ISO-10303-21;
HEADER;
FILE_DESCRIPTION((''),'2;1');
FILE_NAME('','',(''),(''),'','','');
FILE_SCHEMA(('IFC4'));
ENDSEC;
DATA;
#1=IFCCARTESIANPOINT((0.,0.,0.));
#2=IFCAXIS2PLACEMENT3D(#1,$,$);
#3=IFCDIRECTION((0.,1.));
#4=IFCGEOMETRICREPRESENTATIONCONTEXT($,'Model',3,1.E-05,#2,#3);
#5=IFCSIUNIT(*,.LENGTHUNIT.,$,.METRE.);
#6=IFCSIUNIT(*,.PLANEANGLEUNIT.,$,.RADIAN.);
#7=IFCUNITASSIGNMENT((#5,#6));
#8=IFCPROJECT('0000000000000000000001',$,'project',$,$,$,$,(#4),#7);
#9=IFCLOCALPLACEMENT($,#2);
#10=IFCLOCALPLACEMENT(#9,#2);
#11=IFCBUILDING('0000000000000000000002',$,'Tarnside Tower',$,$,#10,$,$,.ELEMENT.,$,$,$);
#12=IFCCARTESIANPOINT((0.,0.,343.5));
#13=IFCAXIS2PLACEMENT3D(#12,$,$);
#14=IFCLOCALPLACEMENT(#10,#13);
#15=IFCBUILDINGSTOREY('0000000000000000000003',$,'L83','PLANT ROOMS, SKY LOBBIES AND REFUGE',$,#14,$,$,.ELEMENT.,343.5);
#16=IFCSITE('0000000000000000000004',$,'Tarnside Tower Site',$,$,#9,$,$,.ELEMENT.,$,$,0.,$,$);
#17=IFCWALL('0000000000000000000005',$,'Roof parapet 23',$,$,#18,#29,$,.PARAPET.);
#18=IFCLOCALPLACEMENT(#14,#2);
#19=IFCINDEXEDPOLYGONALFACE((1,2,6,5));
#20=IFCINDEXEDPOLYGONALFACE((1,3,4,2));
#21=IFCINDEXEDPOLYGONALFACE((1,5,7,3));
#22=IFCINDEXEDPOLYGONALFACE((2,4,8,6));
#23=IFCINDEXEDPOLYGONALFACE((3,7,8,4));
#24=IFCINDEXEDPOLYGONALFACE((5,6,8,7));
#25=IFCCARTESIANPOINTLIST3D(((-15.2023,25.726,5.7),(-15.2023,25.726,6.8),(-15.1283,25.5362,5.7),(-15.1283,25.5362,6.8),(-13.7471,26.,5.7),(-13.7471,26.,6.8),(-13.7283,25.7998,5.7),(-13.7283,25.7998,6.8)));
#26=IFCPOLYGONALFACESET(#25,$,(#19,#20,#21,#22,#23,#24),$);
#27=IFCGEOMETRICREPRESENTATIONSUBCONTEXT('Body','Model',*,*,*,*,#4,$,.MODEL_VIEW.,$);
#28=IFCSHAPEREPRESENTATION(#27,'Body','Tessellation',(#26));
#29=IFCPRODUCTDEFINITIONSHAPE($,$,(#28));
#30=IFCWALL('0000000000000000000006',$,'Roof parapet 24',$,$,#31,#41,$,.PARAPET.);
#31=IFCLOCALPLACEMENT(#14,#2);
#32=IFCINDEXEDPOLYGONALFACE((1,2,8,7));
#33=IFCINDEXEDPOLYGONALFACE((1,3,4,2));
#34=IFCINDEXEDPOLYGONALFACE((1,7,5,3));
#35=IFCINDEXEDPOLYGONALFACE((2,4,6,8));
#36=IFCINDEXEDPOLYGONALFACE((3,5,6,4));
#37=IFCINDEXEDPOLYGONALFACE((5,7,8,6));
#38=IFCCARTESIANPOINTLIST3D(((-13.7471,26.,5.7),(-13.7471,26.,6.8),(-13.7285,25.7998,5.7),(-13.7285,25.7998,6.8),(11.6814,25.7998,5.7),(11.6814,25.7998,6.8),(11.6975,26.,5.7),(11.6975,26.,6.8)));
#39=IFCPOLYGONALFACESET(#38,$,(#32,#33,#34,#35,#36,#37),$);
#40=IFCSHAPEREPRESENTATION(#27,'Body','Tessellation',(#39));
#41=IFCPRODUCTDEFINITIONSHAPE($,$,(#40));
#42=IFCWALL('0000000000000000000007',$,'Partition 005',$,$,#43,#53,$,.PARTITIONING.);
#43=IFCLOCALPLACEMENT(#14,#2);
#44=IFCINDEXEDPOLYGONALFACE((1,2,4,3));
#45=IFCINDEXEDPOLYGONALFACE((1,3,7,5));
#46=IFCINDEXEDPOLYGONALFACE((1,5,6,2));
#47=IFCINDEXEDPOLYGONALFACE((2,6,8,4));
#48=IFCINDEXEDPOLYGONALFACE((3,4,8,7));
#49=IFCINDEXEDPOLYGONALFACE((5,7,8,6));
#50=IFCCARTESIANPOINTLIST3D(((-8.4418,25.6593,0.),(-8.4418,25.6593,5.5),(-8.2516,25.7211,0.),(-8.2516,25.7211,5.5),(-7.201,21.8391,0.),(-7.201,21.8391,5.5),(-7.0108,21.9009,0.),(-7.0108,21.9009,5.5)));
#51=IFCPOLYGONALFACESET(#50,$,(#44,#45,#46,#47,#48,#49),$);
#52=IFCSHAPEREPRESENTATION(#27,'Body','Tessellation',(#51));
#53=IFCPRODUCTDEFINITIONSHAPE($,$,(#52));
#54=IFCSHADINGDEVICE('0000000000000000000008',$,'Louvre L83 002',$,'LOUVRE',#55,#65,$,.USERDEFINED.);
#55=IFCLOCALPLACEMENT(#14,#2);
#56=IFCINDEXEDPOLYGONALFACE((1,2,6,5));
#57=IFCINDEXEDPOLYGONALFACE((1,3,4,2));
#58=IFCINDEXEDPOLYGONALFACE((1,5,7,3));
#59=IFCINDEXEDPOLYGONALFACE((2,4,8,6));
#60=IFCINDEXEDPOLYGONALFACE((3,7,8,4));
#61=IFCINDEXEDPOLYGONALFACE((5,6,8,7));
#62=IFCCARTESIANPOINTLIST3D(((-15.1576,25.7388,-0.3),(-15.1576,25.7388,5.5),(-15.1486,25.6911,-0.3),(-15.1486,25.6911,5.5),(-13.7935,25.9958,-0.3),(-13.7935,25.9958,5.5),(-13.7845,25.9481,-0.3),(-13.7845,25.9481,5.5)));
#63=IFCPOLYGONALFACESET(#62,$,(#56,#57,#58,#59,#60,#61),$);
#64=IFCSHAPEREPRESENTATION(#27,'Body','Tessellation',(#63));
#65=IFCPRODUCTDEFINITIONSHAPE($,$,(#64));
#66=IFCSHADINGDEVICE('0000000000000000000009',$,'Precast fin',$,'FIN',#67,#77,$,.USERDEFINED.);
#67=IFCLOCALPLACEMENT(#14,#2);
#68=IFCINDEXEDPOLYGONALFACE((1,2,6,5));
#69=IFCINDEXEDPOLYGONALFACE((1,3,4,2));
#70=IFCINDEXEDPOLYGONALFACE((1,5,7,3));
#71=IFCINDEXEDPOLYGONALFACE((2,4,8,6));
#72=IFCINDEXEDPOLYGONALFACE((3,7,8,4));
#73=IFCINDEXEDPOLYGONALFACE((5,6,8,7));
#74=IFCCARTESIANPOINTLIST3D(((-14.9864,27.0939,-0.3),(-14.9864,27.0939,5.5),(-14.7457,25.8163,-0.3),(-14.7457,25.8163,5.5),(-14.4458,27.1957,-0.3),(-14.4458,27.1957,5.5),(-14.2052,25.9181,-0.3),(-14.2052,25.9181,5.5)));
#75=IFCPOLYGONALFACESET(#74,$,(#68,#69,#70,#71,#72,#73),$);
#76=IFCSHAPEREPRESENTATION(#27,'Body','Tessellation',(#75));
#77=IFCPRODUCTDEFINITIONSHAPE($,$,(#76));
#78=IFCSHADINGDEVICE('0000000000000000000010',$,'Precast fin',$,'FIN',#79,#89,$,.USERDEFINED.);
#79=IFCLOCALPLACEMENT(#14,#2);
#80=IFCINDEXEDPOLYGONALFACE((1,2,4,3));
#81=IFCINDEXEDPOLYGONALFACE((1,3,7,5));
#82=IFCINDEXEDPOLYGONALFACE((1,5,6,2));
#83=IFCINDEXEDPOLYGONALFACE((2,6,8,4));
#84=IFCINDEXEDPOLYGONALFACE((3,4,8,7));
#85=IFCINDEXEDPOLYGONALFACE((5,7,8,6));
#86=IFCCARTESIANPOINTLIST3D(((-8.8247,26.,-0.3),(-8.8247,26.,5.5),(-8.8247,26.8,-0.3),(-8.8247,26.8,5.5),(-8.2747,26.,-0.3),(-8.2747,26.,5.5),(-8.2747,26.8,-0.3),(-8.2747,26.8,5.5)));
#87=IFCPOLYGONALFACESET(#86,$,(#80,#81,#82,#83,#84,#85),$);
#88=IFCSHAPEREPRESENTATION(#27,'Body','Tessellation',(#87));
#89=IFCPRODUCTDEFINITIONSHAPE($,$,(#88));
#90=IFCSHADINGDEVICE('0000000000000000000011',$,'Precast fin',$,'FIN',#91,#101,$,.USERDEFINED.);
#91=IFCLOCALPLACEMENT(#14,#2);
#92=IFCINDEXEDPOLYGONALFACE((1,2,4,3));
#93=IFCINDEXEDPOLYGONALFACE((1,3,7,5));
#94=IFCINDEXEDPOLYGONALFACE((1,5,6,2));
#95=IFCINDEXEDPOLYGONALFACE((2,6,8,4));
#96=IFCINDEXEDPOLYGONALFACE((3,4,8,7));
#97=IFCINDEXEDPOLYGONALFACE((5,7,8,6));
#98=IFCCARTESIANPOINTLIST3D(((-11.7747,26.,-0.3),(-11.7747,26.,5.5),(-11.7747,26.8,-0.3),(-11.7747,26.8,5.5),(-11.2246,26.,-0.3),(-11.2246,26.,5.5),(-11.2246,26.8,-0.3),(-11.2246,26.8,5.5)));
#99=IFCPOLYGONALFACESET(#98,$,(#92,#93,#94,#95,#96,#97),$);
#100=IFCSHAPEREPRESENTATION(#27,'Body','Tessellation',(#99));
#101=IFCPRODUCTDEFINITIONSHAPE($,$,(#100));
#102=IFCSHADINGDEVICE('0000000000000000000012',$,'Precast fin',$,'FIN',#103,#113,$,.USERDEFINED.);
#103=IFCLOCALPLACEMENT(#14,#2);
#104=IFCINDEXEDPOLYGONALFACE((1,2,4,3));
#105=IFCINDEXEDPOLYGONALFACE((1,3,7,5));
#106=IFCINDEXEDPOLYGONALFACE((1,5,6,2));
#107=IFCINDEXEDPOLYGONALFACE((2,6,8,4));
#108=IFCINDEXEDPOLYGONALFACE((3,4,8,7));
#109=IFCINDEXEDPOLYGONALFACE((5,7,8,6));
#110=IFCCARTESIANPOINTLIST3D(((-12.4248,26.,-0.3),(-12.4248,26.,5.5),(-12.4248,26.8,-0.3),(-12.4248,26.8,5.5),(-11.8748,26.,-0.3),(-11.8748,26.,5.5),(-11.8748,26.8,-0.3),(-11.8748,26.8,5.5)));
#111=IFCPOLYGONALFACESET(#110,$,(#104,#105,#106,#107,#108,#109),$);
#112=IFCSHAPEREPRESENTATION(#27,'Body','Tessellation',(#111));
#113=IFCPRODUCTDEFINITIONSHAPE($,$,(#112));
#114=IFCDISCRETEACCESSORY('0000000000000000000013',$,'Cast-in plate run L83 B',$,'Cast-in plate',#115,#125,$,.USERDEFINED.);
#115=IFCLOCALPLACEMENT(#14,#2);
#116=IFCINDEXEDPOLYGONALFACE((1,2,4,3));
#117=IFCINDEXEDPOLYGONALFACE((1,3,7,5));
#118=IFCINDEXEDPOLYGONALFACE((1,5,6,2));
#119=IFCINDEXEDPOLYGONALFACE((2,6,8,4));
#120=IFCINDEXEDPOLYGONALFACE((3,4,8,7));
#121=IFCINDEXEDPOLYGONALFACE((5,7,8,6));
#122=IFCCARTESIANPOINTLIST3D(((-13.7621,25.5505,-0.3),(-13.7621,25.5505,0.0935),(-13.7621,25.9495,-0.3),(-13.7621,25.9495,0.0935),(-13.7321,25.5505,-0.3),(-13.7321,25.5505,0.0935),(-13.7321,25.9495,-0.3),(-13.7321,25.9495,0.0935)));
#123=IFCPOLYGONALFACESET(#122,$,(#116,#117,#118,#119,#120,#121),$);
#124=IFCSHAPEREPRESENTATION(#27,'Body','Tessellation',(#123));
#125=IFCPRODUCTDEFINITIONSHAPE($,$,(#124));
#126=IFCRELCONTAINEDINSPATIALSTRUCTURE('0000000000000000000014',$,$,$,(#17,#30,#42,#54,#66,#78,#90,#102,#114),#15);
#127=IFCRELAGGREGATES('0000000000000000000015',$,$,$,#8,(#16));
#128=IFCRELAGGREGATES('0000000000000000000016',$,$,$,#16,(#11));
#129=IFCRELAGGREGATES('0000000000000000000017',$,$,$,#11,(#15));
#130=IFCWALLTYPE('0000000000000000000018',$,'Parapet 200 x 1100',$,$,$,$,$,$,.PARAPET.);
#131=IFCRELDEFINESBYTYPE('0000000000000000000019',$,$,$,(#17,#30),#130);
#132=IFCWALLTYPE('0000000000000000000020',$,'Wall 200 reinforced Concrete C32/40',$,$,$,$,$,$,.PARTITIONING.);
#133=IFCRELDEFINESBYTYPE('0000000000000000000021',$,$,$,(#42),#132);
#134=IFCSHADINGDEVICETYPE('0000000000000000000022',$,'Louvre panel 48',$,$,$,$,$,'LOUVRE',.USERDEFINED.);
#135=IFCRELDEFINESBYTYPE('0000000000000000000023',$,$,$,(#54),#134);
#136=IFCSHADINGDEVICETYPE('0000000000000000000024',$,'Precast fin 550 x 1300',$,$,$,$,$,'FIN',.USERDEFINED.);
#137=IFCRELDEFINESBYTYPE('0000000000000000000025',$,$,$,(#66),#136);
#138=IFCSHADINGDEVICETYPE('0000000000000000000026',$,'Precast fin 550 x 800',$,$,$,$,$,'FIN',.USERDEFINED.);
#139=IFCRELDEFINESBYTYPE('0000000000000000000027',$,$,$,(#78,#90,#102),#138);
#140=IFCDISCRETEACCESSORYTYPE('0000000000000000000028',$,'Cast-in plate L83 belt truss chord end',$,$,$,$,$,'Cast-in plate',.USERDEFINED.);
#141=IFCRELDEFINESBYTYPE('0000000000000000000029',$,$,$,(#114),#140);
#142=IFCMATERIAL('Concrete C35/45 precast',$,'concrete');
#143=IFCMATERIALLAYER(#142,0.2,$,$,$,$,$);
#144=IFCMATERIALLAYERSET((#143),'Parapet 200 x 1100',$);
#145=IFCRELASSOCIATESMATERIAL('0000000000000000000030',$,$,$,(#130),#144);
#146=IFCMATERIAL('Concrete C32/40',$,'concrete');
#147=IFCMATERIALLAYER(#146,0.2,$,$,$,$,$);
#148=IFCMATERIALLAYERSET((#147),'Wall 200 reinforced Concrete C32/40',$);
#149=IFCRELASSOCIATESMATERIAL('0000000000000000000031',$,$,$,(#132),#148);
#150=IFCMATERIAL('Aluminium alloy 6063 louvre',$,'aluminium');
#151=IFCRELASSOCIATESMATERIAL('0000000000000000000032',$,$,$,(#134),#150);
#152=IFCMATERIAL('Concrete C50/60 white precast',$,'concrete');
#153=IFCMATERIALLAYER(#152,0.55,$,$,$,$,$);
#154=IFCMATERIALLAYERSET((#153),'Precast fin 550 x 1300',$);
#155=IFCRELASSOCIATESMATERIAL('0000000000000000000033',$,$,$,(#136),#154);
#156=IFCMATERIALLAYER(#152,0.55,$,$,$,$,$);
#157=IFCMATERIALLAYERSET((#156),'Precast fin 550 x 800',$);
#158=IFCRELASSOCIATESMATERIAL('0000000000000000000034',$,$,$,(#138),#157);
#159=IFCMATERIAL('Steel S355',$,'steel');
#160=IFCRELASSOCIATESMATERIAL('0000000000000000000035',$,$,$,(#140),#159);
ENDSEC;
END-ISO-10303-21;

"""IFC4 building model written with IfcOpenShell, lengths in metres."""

from ifc_helpers import new_model, si_unit, direction, frame, frame_2d, origin, origin_2d, place, context, subcontext, project, spatial, polyline, rectangle, outline, extrude, material, layer, layer_set, type_object, element, save


model = new_model("IFC4")

# Units and contexts
model_context = context("Model", 3, precision=1e-05, world=origin(), true_north=direction((0.0, 1.0)))
body_context = subcontext(model_context, "Body", "Model", "MODEL_VIEW")
ifc_project = project(units=[si_unit("LENGTHUNIT", "METRE"), si_unit("PLANEANGLEUNIT", "RADIAN")], contexts=[model_context])

# Site, building, storey
site_placement = place(None, origin())
site = spatial("IfcSite", under=ifc_project, at=site_placement, Name="Tarnside Tower Site", CompositionType="ELEMENT", RefElevation=0.0)
building_placement = place(site_placement, origin())
building = spatial("IfcBuilding", under=site, at=building_placement, Name="Tarnside Tower", CompositionType="ELEMENT")
storey_placement = place(building_placement, frame((0.0, 0.0, 343.5)))
storey = spatial("IfcBuildingStorey", under=building, at=storey_placement, Name="L83", Description="PLANT ROOMS, SKY LOBBIES AND REFUGE", CompositionType="ELEMENT", Elevation=343.5)

# Shared definitions
ifc_material_1 = material(Name="Steel S355", Category="steel")

# Walls
ifc_material_2 = material(Name="Concrete C35/45 precast", Category="concrete")
ifc_layer_1 = layer(ifc_material_2, 0.2)
ifc_layer_set_1 = layer_set([ifc_layer_1], Name="Parapet 200 x 1100")
wall_type_1 = type_object("IfcWallType", Name="Parapet 200 x 1100", PredefinedType="PARAPET", material=ifc_layer_set_1)
wall_1_placement = place(storey_placement, frame((-15.1653, 25.6311, 5.7), z_axis=(0.0, 0.0, 1.0), x_axis=(0.982729, 0.18505, 0.0)))
element("IfcWall", 1, at=wall_1_placement, inside=storey, type_object=wall_type_1, Name="Roof parapet 23", PredefinedType="PARAPET", context=body_context, shape_type="SweptSolid", body=[
    extrude(outline(polyline([(0.0188, -0.1001), (1.4434, -0.1001), (1.4619, 0.1001), (-0.0188, 0.1001), (0.0188, -0.1001)])), origin(), (0.0, 0.0, 1.0), 1.1001),
])
wall_2_placement = place(storey_placement, frame((-13.7378, 25.8999, 5.7), z_axis=(0.0, 0.0, 1.0), x_axis=(1.0, 0.0, 0.0)))
element("IfcWall", 2, at=wall_2_placement, inside=storey, type_object=wall_type_1, Name="Roof parapet 24", PredefinedType="PARAPET", context=body_context, shape_type="SweptSolid", body=[
    extrude(outline(polyline([(0.0093, -0.1001), (25.4192, -0.1001), (25.4353, 0.1001), (-0.0093, 0.1001), (0.0093, -0.1001)])), origin(), (0.0, 0.0, 1.0), 1.1001),
])
ifc_material_3 = material(Name="Concrete C32/40", Category="concrete")
ifc_layer_2 = layer(ifc_material_3, 0.2)
ifc_layer_set_2 = layer_set([ifc_layer_2], Name="Wall 200 reinforced Concrete C32/40")
wall_type_2 = type_object("IfcWallType", Name="Wall 200 reinforced Concrete C32/40", PredefinedType="PARTITIONING", material=ifc_layer_set_2)
wall_3_placement = place(storey_placement, frame((-8.3467, 25.6902, 0.0), z_axis=(0.0, 0.0, 1.0), x_axis=(0.308906, -0.951093, 0.0)))
element("IfcWall", 3, at=wall_3_placement, inside=storey, type_object=wall_type_2, Name="Partition 005", PredefinedType="PARTITIONING", context=body_context, shape_type="SweptSolid", body=[
    extrude(rectangle(XDim=4.0166, YDim=0.2, at=frame_2d((2.0083, 0.0))), origin(), (0.0, 0.0, 1.0), 5.5),
])

# Shading devices
ifc_material_4 = material(Name="Aluminium alloy 6063 louvre", Category="aluminium")
shading_device_type_1 = type_object("IfcShadingDeviceType", Name="Louvre panel 48", ElementType="LOUVRE", PredefinedType="USERDEFINED", material=ifc_material_4)
shading_device_1_placement = place(storey_placement, frame((-14.4666, 25.8196, -0.3), z_axis=(0.982716, 0.185119, 0.0), x_axis=(-0.185119, 0.982716, 0.0)))
element("IfcShadingDevice", 4, at=shading_device_1_placement, inside=storey, type_object=shading_device_type_1, Name="Louvre L83 002", ObjectType="LOUVRE", PredefinedType="USERDEFINED", context=body_context, shape_type="SweptSolid", body=[
    extrude(outline(polyline([(0.0, 0.0), (0.0486, 0.0), (0.0486, 5.8), (0.0, 5.8), (0.0, 0.0)])), frame((0.0, 0.0, -0.6941)), (0.0, 0.0, 1.0), 1.3882),
])
ifc_material_5 = material(Name="Concrete C50/60 white precast", Category="concrete")
ifc_layer_3 = layer(ifc_material_5, 0.55)
ifc_layer_set_3 = layer_set([ifc_layer_3], Name="Precast fin 550 x 1300")
shading_device_type_2 = type_object("IfcShadingDeviceType", Name="Precast fin 550 x 1300", ElementType="FIN", PredefinedType="USERDEFINED", material=ifc_layer_set_3)
shading_device_2_placement = place(storey_placement, frame((-14.4756, 25.8672, -0.3), z_axis=(0.982721, 0.185095, 0.0), x_axis=(-0.185095, 0.982721, 0.0)))
element("IfcShadingDevice", 5, at=shading_device_2_placement, inside=storey, type_object=shading_device_type_2, Name="Precast fin", ObjectType="FIN", PredefinedType="USERDEFINED", context=body_context, shape_type="SweptSolid", body=[
    extrude(outline(polyline([(0.0, 0.0), (1.3, 0.0), (1.3, 5.8), (0.0, 5.8), (0.0, 0.0)])), frame((0.0, 0.0, -0.2749)), (0.0, 0.0, 1.0), 0.55),
])
ifc_layer_4 = layer(ifc_material_5, 0.55)
ifc_layer_set_4 = layer_set([ifc_layer_4], Name="Precast fin 550 x 800")
shading_device_type_3 = type_object("IfcShadingDeviceType", Name="Precast fin 550 x 800", ElementType="FIN", PredefinedType="USERDEFINED", material=ifc_layer_set_4)
for number, where, z_axis, x_axis, name in (
    (6, (-8.5498, 26.0, -0.3), (1.0, 0.0, 0.0), (0.0, 1.0, 0.0), "Precast fin"),
    (7, (-11.4998, 26.0, -0.3), (1.0, 0.0, 0.0), (0.0, 1.0, 0.0), "Precast fin"),
    (8, (-12.1499, 26.0, -0.3), (1.0, 0.0, 0.0), (0.0, 1.0, 0.0), "Precast fin"),
):
    element("IfcShadingDevice", number, at=place(storey_placement, frame(where, z_axis=z_axis, x_axis=x_axis)), inside=storey, type_object=shading_device_type_3, Name=name, ObjectType="FIN", PredefinedType="USERDEFINED", context=body_context, shape_type="SweptSolid", body=[
        extrude(outline(polyline([(0.0, 0.0), (0.8, 0.0), (0.8, 5.8), (0.0, 5.8), (0.0, 0.0)])), frame((0.0, 0.0, -0.2749)), (0.0, 0.0, 1.0), 0.55),
    ])

# Discrete accessory
discrete_accessory_type = type_object("IfcDiscreteAccessoryType", Name="Cast-in plate L83 belt truss chord end", ElementType="Cast-in plate", PredefinedType="USERDEFINED", material=ifc_material_1)
discrete_accessory_placement = place(storey_placement, frame((-13.7471, 25.75, -0.3), z_axis=(0.0, 0.0, 1.0), x_axis=(-1.0, 0.0, 0.0)))
element("IfcDiscreteAccessory", 9, at=discrete_accessory_placement, inside=storey, type_object=discrete_accessory_type, Name="Cast-in plate run L83 B", ObjectType="Cast-in plate", PredefinedType="USERDEFINED", context=body_context, shape_type="SweptSolid", body=[
    extrude(rectangle(XDim=0.03, YDim=0.3989, at=origin_2d()), origin(), (0.0, 0.0, 1.0), 0.3936),
])

save(model, "model.ifc")
